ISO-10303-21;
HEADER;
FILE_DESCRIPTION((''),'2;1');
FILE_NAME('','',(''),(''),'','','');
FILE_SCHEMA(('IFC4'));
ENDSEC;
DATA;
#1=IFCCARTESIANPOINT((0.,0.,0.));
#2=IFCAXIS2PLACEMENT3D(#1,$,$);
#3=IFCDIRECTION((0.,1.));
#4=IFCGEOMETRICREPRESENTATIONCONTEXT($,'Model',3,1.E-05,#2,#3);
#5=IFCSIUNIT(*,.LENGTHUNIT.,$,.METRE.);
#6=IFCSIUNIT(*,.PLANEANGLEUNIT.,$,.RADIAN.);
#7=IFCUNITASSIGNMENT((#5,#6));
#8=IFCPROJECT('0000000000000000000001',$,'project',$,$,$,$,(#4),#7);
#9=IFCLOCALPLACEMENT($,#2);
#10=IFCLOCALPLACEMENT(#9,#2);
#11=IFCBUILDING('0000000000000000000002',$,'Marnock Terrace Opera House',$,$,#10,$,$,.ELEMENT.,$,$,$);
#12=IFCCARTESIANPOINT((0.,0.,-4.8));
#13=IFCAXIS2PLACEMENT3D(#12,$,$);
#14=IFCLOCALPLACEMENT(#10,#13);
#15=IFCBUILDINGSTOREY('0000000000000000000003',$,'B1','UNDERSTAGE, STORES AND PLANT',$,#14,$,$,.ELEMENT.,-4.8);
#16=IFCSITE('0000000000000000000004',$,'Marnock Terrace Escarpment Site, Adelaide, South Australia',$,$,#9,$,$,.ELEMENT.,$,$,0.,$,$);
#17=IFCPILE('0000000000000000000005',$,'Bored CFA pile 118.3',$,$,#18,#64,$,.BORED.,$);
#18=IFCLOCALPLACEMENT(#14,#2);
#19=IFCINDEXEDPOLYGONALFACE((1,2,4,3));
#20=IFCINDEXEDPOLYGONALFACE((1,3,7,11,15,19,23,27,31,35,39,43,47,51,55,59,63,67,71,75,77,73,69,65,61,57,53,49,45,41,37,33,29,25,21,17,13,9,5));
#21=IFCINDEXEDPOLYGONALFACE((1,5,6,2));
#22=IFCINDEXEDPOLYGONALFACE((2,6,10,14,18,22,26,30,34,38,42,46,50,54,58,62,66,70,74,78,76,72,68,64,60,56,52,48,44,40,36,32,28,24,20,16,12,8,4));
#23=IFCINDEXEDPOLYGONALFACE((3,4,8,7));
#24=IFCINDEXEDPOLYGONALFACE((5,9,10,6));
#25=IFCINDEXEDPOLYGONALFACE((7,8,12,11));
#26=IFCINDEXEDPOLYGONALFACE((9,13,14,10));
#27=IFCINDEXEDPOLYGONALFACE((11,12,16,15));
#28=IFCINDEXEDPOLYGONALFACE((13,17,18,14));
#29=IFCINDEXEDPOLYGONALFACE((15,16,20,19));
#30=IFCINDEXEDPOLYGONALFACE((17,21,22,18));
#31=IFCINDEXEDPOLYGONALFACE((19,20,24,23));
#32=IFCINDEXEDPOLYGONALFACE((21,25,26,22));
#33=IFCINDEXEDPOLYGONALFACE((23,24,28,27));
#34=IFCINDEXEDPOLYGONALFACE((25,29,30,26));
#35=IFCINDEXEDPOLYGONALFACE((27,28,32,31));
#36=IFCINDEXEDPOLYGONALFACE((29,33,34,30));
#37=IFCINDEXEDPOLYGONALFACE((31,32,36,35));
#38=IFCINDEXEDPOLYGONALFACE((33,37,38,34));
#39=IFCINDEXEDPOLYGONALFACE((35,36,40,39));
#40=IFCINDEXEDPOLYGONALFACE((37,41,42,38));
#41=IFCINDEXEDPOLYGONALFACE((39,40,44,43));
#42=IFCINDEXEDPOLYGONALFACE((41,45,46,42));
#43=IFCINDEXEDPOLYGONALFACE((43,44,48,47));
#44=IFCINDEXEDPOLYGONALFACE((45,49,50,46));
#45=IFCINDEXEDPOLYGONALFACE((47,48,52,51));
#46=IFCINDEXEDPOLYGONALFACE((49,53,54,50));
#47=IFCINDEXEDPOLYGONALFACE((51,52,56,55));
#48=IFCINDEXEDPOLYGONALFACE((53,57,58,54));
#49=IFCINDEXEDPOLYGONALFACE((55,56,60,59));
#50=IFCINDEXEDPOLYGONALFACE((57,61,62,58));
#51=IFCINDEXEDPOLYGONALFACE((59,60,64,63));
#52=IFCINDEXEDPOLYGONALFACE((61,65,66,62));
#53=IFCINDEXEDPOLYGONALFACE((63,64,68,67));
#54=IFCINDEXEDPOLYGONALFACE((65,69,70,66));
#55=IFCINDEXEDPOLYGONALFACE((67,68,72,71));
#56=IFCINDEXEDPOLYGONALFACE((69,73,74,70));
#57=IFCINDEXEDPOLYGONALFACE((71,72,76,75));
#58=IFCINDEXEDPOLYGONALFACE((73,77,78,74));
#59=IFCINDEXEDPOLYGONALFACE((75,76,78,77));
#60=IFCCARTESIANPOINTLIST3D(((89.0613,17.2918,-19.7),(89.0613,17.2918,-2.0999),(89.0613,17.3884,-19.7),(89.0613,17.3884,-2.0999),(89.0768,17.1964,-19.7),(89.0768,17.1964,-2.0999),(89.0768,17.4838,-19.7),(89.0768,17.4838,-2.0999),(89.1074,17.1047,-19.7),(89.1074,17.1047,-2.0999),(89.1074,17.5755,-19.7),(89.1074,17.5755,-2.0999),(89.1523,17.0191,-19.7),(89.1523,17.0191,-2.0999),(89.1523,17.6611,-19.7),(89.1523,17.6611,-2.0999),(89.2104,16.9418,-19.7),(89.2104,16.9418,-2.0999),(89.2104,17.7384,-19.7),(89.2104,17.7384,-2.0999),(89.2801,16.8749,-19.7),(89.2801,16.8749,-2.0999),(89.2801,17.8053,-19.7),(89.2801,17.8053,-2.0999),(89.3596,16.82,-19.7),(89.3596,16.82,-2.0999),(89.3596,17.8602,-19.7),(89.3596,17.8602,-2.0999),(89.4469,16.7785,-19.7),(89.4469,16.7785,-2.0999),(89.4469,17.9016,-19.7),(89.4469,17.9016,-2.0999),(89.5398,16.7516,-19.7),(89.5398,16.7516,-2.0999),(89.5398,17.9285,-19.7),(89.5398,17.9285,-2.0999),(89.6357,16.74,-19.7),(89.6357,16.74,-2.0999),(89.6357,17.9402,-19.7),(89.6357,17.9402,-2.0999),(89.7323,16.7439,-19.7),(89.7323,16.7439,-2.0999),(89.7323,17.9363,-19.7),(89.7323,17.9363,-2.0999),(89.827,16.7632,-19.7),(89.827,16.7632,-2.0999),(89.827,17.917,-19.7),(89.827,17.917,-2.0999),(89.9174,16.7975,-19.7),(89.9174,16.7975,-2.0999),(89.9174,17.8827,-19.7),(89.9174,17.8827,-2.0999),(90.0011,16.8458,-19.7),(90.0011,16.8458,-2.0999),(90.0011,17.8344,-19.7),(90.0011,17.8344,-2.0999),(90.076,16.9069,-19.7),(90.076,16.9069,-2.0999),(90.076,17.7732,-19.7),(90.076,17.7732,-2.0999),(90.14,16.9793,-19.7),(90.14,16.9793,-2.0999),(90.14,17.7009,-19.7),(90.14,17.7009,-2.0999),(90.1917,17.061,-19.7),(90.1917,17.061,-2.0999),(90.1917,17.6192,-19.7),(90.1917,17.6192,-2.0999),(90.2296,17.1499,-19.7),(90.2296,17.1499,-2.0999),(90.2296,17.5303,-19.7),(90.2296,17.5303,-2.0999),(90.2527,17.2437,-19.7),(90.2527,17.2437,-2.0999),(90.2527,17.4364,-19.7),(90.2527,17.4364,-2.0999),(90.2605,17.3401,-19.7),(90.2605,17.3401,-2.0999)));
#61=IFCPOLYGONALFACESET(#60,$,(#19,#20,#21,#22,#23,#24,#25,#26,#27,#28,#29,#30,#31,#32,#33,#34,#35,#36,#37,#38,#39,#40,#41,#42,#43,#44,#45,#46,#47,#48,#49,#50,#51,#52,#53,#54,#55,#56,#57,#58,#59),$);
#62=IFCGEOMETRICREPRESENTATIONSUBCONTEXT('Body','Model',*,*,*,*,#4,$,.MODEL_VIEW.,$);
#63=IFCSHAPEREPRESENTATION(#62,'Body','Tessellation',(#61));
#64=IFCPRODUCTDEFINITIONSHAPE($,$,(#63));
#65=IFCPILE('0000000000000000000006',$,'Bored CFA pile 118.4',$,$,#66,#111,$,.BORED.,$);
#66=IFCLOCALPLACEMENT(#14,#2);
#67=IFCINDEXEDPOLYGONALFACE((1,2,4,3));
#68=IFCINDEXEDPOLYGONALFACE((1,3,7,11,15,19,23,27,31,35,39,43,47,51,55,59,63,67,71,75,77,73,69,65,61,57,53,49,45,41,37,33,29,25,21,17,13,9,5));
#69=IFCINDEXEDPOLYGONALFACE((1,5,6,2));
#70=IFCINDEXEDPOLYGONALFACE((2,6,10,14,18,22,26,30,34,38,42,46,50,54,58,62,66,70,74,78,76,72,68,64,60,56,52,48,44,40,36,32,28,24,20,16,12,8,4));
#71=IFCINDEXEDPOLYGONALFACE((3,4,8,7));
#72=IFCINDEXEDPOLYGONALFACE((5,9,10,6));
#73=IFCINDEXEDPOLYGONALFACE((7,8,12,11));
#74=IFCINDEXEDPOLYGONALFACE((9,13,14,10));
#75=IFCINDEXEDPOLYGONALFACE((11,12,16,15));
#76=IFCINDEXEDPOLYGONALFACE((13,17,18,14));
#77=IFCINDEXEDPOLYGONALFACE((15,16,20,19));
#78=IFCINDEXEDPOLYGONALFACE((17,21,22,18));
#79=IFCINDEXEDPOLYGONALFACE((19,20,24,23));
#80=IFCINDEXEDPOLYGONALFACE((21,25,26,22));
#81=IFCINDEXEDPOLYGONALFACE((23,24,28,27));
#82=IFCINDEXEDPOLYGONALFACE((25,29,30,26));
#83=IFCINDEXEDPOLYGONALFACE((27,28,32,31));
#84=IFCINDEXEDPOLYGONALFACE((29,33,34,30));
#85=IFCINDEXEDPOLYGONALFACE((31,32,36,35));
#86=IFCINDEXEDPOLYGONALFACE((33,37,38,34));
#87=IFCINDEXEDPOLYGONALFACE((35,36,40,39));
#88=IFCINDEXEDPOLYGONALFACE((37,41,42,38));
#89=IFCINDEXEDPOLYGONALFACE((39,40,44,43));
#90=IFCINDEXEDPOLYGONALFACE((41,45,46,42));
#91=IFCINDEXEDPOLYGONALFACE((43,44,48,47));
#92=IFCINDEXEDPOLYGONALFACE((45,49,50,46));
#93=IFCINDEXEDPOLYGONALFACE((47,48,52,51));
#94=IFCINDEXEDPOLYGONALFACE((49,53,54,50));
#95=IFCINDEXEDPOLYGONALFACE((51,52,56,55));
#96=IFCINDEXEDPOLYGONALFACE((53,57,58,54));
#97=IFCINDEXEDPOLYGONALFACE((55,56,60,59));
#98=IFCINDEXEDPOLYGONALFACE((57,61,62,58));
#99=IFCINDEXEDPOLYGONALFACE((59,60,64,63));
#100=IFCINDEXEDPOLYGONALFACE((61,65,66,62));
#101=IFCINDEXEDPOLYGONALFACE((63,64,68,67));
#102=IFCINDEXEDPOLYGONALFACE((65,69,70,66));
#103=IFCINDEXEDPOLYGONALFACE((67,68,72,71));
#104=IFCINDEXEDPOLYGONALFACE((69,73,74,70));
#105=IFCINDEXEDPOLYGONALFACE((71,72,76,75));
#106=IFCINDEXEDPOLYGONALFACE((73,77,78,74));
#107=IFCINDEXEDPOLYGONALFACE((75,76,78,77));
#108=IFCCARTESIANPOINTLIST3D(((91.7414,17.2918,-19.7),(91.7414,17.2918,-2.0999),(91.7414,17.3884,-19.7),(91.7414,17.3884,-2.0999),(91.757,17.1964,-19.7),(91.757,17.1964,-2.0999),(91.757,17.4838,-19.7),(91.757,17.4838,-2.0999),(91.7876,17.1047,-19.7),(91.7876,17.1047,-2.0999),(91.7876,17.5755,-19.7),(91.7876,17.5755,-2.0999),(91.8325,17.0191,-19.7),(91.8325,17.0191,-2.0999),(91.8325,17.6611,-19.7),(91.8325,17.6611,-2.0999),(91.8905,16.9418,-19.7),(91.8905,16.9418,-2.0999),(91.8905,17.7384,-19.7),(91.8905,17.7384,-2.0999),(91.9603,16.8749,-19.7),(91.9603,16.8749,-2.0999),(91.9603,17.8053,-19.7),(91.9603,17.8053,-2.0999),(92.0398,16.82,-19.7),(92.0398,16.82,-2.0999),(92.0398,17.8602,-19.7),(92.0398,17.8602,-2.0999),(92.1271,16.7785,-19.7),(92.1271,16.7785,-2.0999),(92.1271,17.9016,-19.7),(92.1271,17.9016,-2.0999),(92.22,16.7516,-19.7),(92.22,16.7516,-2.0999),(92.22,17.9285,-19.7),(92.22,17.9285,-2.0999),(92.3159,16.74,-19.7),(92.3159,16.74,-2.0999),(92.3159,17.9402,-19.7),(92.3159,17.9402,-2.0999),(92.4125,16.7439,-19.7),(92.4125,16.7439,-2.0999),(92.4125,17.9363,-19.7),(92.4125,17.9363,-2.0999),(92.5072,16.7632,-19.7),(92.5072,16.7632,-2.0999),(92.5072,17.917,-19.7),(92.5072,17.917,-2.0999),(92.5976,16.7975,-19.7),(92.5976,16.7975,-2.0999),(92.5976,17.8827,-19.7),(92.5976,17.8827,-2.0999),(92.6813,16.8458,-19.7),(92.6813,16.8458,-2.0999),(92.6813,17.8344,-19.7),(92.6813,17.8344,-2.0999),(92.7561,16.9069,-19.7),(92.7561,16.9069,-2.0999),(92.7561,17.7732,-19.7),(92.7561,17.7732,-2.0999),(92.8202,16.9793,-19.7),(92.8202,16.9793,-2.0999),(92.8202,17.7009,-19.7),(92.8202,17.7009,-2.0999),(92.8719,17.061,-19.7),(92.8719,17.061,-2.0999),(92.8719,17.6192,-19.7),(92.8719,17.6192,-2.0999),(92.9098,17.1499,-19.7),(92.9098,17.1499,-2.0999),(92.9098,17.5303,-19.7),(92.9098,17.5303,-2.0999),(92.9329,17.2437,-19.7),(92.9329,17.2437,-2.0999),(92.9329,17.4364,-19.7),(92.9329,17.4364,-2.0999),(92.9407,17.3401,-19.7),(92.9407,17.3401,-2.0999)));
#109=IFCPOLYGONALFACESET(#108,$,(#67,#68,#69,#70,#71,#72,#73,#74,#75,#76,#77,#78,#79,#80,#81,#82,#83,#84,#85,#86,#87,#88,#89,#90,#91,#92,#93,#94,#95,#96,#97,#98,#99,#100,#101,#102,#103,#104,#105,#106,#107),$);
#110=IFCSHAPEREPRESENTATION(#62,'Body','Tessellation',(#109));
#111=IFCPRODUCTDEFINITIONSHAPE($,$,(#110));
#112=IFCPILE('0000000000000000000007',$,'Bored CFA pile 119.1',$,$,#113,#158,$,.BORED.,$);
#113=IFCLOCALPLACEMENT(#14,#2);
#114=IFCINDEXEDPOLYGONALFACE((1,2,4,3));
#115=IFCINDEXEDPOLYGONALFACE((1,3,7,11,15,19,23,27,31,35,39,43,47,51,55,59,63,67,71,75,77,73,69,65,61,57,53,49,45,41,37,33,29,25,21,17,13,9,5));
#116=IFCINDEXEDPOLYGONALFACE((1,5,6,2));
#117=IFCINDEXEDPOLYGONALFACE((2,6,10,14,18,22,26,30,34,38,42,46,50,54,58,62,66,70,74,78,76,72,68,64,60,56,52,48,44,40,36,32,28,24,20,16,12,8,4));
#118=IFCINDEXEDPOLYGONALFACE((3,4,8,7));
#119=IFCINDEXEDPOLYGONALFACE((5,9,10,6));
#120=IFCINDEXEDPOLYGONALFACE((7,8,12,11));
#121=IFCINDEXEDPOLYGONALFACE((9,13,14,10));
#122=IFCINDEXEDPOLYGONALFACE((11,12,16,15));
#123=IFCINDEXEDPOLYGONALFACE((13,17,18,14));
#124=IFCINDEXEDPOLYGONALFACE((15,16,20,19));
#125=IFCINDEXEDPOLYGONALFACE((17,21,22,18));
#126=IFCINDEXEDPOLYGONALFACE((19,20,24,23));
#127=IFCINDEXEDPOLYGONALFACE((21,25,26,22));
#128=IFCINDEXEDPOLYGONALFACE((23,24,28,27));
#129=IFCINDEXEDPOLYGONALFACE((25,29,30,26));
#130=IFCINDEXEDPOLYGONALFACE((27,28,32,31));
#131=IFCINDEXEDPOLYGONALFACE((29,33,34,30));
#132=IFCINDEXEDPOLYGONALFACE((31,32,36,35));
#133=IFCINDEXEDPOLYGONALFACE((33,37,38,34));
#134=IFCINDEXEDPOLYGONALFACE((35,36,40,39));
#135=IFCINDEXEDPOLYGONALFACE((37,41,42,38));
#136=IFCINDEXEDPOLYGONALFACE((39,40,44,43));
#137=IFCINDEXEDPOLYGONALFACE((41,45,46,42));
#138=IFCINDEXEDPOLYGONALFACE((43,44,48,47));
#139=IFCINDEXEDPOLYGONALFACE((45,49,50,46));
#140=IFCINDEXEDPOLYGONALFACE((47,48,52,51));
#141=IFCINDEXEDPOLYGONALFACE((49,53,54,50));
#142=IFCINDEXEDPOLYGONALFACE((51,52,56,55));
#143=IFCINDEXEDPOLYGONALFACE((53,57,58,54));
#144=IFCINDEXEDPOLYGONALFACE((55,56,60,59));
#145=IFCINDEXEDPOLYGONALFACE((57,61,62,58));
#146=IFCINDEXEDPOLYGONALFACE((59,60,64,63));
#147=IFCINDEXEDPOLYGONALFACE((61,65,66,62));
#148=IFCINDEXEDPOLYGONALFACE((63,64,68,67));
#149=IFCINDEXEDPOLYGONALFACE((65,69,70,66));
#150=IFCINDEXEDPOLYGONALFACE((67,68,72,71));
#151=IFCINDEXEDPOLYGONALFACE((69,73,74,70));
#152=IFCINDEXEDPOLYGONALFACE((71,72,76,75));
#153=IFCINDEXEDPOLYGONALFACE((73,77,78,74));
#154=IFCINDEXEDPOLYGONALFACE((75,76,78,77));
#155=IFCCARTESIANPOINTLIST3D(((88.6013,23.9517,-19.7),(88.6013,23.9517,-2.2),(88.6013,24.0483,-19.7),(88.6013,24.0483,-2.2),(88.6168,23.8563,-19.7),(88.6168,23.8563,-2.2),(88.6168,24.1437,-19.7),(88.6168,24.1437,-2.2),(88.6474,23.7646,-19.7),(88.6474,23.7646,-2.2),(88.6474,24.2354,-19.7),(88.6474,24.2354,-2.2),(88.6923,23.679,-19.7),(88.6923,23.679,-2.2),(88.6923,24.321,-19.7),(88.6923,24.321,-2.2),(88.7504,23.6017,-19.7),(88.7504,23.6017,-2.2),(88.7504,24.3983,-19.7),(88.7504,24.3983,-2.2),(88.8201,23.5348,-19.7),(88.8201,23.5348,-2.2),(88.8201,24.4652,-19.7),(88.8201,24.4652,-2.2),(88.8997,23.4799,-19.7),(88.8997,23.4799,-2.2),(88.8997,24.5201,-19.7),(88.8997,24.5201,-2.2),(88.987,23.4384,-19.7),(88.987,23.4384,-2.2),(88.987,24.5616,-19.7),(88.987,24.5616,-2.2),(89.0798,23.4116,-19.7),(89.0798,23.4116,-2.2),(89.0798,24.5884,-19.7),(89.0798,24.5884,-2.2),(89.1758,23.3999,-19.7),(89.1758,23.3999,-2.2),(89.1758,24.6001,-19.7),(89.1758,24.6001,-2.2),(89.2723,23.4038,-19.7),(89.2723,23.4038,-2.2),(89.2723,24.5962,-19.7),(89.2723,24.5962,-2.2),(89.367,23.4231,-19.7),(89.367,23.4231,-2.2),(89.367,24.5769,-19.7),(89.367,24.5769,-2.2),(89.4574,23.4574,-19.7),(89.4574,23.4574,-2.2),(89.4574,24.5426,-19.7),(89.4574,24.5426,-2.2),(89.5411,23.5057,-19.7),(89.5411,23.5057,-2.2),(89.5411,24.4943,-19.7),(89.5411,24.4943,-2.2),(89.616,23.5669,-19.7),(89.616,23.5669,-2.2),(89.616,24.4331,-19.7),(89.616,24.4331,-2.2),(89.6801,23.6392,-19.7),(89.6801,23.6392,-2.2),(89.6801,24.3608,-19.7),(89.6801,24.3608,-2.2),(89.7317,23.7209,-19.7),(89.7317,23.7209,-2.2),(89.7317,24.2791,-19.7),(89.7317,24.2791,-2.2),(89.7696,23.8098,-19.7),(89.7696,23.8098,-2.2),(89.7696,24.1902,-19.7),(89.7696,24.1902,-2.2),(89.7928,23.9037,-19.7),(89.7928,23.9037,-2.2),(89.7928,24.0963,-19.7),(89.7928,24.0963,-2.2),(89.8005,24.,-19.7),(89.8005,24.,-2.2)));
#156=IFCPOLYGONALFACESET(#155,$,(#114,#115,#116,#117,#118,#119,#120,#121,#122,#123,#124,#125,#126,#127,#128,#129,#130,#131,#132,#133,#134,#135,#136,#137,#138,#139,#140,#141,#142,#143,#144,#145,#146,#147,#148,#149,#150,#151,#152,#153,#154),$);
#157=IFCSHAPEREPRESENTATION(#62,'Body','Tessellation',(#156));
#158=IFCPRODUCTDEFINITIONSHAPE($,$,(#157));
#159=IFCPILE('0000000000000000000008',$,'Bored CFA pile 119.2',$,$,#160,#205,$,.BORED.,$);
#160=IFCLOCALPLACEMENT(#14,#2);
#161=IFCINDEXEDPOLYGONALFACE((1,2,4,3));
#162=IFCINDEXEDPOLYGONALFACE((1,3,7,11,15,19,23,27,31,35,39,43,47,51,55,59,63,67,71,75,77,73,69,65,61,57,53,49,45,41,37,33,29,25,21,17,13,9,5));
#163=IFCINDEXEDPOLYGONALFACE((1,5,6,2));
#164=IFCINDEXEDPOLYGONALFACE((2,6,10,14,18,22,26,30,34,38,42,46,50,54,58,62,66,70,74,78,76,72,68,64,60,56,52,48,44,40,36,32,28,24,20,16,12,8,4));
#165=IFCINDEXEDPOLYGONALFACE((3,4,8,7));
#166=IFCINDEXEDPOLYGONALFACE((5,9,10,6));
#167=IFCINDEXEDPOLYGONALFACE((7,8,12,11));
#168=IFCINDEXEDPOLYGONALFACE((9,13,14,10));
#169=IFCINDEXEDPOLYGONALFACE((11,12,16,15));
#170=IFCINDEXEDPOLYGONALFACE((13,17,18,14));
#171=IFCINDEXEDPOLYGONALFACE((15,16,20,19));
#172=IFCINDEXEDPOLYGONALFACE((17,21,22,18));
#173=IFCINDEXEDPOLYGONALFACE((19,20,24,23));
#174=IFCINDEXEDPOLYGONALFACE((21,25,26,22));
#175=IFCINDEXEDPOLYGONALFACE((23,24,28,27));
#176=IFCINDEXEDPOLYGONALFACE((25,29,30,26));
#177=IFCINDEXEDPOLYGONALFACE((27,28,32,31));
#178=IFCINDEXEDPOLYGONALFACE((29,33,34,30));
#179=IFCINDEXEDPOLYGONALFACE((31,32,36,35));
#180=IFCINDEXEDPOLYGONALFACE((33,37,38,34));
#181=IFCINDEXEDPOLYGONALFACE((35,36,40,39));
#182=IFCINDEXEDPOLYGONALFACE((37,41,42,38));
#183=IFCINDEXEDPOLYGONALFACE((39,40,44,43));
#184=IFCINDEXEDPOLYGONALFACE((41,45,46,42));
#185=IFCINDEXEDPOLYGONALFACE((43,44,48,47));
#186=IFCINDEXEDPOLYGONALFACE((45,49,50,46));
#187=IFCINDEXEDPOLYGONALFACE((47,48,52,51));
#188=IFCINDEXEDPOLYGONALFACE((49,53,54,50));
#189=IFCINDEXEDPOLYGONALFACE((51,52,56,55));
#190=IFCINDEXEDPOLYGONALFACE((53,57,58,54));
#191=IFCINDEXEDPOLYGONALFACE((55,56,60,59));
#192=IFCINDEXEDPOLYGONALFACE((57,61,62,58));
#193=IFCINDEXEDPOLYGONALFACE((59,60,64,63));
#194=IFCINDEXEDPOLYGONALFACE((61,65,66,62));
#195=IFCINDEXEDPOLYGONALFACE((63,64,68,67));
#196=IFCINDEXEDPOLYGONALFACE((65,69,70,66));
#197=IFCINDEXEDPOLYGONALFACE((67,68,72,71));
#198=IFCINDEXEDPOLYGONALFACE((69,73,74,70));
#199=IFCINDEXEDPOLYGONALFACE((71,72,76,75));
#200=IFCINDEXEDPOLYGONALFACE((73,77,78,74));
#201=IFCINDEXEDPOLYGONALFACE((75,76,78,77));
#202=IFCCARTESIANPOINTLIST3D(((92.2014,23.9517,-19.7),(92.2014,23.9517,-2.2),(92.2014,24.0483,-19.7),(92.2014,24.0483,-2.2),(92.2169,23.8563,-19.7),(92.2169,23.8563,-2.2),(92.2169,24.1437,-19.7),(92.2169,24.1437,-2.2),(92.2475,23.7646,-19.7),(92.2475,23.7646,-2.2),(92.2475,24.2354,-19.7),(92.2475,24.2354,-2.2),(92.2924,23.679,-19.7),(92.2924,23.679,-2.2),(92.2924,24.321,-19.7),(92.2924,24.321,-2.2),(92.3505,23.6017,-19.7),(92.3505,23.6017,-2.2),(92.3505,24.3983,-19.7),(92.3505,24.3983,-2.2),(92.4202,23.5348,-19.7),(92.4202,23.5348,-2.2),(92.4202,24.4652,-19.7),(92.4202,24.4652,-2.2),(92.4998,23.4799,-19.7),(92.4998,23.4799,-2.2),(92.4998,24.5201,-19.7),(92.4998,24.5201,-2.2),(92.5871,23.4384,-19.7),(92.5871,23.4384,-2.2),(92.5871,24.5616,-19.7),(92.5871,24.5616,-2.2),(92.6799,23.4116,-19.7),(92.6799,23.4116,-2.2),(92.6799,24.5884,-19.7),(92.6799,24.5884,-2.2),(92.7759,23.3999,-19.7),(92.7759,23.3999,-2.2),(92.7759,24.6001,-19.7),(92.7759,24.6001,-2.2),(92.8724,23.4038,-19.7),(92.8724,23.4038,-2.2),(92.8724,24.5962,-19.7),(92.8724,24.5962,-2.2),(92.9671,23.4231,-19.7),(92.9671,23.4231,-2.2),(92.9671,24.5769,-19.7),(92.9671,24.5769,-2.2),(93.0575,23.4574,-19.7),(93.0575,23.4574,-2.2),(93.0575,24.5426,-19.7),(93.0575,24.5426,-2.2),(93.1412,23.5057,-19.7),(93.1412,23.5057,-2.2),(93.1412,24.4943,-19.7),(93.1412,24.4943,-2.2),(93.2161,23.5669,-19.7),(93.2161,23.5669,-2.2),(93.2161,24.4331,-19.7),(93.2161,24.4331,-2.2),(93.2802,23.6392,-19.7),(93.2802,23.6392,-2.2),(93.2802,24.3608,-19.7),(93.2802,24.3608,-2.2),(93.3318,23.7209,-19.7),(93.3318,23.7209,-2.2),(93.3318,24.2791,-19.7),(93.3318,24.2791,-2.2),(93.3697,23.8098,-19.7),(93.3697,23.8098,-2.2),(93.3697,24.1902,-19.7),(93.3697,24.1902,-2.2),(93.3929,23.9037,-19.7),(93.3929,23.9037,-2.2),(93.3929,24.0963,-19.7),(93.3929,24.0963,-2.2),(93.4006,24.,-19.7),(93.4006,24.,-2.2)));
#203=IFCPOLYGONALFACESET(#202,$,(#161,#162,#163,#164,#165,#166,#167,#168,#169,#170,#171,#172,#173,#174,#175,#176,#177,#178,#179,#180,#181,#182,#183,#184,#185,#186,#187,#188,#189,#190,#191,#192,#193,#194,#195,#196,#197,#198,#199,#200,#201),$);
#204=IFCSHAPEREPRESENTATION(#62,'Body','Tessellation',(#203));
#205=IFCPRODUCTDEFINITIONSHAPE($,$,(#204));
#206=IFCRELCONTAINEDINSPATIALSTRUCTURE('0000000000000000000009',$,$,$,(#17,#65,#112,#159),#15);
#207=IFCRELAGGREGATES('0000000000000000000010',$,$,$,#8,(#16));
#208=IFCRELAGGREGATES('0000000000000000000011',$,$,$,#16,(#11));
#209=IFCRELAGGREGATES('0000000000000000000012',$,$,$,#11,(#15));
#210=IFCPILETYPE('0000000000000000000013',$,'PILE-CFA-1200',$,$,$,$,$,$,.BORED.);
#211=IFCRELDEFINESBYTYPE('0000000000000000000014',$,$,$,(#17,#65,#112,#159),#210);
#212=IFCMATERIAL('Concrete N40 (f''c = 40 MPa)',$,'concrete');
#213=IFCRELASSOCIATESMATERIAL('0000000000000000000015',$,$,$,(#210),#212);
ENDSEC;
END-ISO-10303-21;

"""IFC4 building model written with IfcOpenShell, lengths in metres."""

from ifc_helpers import new_model, si_unit, direction, frame, origin, origin_2d, place, context, subcontext, project, spatial, circle, extrude, material, material_profile, profile_set, type_object, element, save


model = new_model("IFC4")

# Units and contexts
model_context = context("Model", 3, precision=1e-05, world=origin(), true_north=direction((0.0, 1.0)))
body_context = subcontext(model_context, "Body", "Model", "MODEL_VIEW")
ifc_project = project(units=[si_unit("LENGTHUNIT", "METRE"), si_unit("PLANEANGLEUNIT", "RADIAN")], contexts=[model_context])

# Site, building, storey
site_placement = place(None, origin())
site = spatial("IfcSite", under=ifc_project, at=site_placement, Name="Marnock Terrace Escarpment Site, Adelaide, South Australia", CompositionType="ELEMENT", RefElevation=0.0)
building_placement = place(site_placement, origin())
building = spatial("IfcBuilding", under=site, at=building_placement, Name="Marnock Terrace Opera House", CompositionType="ELEMENT")
storey_placement = place(building_placement, frame((0.0, 0.0, -4.8)))
storey = spatial("IfcBuildingStorey", under=building, at=storey_placement, Name="B1", Description="UNDERSTAGE, STORES AND PLANT", CompositionType="ELEMENT", Elevation=-4.8)

# Shared definitions
ifc_material_1 = material(Name="Concrete N40 (f'c = 40 MPa)", Category="concrete")

# Piles
ifc_material_profile_1 = material_profile(ifc_material_1, circle(Radius=0.6006, at=origin_2d()))
ifc_profile_set_1 = profile_set([ifc_material_profile_1], Name="Concrete N40 (f'c = 40 MPa)")
pile_type = type_object("IfcPileType", Name="PILE-CFA-1200", PredefinedType="BORED", material=ifc_profile_set_1)
for number, where, z_axis, x_axis, name in (
    (1, (89.6599, 17.3401, -2.0999), (0.0, 0.0, -1.0), (1.0, 0.0, 0.0), "Bored CFA pile 118.3"),
    (2, (92.3401, 17.3401, -2.0999), (0.0, 0.0, -1.0), (1.0, 0.0, 0.0), "Bored CFA pile 118.4"),
):
    element("IfcPile", number, at=place(storey_placement, frame(where, z_axis=z_axis, x_axis=x_axis)), inside=storey, type_object=pile_type, Name=name, PredefinedType="BORED", context=body_context, shape_type="SweptSolid", body=[
        extrude(circle(Radius=0.6006, at=origin_2d()), origin(), (0.0, 0.0, 1.0), 17.6001),
    ])
for number, where, z_axis, x_axis, name in (
    (3, (89.2, 24.0, -2.2), (0.0, 0.0, -1.0), (1.0, 0.0, 0.0), "Bored CFA pile 119.1"),
    (4, (92.8, 24.0, -2.2), (0.0, 0.0, -1.0), (1.0, 0.0, 0.0), "Bored CFA pile 119.2"),
):
    element("IfcPile", number, at=place(storey_placement, frame(where, z_axis=z_axis, x_axis=x_axis)), inside=storey, type_object=pile_type, Name=name, PredefinedType="BORED", context=body_context, shape_type="SweptSolid", body=[
        extrude(circle(Radius=0.6006, at=origin_2d()), origin(), (0.0, 0.0, 1.0), 17.5),
    ])

save(model, "model.ifc")
